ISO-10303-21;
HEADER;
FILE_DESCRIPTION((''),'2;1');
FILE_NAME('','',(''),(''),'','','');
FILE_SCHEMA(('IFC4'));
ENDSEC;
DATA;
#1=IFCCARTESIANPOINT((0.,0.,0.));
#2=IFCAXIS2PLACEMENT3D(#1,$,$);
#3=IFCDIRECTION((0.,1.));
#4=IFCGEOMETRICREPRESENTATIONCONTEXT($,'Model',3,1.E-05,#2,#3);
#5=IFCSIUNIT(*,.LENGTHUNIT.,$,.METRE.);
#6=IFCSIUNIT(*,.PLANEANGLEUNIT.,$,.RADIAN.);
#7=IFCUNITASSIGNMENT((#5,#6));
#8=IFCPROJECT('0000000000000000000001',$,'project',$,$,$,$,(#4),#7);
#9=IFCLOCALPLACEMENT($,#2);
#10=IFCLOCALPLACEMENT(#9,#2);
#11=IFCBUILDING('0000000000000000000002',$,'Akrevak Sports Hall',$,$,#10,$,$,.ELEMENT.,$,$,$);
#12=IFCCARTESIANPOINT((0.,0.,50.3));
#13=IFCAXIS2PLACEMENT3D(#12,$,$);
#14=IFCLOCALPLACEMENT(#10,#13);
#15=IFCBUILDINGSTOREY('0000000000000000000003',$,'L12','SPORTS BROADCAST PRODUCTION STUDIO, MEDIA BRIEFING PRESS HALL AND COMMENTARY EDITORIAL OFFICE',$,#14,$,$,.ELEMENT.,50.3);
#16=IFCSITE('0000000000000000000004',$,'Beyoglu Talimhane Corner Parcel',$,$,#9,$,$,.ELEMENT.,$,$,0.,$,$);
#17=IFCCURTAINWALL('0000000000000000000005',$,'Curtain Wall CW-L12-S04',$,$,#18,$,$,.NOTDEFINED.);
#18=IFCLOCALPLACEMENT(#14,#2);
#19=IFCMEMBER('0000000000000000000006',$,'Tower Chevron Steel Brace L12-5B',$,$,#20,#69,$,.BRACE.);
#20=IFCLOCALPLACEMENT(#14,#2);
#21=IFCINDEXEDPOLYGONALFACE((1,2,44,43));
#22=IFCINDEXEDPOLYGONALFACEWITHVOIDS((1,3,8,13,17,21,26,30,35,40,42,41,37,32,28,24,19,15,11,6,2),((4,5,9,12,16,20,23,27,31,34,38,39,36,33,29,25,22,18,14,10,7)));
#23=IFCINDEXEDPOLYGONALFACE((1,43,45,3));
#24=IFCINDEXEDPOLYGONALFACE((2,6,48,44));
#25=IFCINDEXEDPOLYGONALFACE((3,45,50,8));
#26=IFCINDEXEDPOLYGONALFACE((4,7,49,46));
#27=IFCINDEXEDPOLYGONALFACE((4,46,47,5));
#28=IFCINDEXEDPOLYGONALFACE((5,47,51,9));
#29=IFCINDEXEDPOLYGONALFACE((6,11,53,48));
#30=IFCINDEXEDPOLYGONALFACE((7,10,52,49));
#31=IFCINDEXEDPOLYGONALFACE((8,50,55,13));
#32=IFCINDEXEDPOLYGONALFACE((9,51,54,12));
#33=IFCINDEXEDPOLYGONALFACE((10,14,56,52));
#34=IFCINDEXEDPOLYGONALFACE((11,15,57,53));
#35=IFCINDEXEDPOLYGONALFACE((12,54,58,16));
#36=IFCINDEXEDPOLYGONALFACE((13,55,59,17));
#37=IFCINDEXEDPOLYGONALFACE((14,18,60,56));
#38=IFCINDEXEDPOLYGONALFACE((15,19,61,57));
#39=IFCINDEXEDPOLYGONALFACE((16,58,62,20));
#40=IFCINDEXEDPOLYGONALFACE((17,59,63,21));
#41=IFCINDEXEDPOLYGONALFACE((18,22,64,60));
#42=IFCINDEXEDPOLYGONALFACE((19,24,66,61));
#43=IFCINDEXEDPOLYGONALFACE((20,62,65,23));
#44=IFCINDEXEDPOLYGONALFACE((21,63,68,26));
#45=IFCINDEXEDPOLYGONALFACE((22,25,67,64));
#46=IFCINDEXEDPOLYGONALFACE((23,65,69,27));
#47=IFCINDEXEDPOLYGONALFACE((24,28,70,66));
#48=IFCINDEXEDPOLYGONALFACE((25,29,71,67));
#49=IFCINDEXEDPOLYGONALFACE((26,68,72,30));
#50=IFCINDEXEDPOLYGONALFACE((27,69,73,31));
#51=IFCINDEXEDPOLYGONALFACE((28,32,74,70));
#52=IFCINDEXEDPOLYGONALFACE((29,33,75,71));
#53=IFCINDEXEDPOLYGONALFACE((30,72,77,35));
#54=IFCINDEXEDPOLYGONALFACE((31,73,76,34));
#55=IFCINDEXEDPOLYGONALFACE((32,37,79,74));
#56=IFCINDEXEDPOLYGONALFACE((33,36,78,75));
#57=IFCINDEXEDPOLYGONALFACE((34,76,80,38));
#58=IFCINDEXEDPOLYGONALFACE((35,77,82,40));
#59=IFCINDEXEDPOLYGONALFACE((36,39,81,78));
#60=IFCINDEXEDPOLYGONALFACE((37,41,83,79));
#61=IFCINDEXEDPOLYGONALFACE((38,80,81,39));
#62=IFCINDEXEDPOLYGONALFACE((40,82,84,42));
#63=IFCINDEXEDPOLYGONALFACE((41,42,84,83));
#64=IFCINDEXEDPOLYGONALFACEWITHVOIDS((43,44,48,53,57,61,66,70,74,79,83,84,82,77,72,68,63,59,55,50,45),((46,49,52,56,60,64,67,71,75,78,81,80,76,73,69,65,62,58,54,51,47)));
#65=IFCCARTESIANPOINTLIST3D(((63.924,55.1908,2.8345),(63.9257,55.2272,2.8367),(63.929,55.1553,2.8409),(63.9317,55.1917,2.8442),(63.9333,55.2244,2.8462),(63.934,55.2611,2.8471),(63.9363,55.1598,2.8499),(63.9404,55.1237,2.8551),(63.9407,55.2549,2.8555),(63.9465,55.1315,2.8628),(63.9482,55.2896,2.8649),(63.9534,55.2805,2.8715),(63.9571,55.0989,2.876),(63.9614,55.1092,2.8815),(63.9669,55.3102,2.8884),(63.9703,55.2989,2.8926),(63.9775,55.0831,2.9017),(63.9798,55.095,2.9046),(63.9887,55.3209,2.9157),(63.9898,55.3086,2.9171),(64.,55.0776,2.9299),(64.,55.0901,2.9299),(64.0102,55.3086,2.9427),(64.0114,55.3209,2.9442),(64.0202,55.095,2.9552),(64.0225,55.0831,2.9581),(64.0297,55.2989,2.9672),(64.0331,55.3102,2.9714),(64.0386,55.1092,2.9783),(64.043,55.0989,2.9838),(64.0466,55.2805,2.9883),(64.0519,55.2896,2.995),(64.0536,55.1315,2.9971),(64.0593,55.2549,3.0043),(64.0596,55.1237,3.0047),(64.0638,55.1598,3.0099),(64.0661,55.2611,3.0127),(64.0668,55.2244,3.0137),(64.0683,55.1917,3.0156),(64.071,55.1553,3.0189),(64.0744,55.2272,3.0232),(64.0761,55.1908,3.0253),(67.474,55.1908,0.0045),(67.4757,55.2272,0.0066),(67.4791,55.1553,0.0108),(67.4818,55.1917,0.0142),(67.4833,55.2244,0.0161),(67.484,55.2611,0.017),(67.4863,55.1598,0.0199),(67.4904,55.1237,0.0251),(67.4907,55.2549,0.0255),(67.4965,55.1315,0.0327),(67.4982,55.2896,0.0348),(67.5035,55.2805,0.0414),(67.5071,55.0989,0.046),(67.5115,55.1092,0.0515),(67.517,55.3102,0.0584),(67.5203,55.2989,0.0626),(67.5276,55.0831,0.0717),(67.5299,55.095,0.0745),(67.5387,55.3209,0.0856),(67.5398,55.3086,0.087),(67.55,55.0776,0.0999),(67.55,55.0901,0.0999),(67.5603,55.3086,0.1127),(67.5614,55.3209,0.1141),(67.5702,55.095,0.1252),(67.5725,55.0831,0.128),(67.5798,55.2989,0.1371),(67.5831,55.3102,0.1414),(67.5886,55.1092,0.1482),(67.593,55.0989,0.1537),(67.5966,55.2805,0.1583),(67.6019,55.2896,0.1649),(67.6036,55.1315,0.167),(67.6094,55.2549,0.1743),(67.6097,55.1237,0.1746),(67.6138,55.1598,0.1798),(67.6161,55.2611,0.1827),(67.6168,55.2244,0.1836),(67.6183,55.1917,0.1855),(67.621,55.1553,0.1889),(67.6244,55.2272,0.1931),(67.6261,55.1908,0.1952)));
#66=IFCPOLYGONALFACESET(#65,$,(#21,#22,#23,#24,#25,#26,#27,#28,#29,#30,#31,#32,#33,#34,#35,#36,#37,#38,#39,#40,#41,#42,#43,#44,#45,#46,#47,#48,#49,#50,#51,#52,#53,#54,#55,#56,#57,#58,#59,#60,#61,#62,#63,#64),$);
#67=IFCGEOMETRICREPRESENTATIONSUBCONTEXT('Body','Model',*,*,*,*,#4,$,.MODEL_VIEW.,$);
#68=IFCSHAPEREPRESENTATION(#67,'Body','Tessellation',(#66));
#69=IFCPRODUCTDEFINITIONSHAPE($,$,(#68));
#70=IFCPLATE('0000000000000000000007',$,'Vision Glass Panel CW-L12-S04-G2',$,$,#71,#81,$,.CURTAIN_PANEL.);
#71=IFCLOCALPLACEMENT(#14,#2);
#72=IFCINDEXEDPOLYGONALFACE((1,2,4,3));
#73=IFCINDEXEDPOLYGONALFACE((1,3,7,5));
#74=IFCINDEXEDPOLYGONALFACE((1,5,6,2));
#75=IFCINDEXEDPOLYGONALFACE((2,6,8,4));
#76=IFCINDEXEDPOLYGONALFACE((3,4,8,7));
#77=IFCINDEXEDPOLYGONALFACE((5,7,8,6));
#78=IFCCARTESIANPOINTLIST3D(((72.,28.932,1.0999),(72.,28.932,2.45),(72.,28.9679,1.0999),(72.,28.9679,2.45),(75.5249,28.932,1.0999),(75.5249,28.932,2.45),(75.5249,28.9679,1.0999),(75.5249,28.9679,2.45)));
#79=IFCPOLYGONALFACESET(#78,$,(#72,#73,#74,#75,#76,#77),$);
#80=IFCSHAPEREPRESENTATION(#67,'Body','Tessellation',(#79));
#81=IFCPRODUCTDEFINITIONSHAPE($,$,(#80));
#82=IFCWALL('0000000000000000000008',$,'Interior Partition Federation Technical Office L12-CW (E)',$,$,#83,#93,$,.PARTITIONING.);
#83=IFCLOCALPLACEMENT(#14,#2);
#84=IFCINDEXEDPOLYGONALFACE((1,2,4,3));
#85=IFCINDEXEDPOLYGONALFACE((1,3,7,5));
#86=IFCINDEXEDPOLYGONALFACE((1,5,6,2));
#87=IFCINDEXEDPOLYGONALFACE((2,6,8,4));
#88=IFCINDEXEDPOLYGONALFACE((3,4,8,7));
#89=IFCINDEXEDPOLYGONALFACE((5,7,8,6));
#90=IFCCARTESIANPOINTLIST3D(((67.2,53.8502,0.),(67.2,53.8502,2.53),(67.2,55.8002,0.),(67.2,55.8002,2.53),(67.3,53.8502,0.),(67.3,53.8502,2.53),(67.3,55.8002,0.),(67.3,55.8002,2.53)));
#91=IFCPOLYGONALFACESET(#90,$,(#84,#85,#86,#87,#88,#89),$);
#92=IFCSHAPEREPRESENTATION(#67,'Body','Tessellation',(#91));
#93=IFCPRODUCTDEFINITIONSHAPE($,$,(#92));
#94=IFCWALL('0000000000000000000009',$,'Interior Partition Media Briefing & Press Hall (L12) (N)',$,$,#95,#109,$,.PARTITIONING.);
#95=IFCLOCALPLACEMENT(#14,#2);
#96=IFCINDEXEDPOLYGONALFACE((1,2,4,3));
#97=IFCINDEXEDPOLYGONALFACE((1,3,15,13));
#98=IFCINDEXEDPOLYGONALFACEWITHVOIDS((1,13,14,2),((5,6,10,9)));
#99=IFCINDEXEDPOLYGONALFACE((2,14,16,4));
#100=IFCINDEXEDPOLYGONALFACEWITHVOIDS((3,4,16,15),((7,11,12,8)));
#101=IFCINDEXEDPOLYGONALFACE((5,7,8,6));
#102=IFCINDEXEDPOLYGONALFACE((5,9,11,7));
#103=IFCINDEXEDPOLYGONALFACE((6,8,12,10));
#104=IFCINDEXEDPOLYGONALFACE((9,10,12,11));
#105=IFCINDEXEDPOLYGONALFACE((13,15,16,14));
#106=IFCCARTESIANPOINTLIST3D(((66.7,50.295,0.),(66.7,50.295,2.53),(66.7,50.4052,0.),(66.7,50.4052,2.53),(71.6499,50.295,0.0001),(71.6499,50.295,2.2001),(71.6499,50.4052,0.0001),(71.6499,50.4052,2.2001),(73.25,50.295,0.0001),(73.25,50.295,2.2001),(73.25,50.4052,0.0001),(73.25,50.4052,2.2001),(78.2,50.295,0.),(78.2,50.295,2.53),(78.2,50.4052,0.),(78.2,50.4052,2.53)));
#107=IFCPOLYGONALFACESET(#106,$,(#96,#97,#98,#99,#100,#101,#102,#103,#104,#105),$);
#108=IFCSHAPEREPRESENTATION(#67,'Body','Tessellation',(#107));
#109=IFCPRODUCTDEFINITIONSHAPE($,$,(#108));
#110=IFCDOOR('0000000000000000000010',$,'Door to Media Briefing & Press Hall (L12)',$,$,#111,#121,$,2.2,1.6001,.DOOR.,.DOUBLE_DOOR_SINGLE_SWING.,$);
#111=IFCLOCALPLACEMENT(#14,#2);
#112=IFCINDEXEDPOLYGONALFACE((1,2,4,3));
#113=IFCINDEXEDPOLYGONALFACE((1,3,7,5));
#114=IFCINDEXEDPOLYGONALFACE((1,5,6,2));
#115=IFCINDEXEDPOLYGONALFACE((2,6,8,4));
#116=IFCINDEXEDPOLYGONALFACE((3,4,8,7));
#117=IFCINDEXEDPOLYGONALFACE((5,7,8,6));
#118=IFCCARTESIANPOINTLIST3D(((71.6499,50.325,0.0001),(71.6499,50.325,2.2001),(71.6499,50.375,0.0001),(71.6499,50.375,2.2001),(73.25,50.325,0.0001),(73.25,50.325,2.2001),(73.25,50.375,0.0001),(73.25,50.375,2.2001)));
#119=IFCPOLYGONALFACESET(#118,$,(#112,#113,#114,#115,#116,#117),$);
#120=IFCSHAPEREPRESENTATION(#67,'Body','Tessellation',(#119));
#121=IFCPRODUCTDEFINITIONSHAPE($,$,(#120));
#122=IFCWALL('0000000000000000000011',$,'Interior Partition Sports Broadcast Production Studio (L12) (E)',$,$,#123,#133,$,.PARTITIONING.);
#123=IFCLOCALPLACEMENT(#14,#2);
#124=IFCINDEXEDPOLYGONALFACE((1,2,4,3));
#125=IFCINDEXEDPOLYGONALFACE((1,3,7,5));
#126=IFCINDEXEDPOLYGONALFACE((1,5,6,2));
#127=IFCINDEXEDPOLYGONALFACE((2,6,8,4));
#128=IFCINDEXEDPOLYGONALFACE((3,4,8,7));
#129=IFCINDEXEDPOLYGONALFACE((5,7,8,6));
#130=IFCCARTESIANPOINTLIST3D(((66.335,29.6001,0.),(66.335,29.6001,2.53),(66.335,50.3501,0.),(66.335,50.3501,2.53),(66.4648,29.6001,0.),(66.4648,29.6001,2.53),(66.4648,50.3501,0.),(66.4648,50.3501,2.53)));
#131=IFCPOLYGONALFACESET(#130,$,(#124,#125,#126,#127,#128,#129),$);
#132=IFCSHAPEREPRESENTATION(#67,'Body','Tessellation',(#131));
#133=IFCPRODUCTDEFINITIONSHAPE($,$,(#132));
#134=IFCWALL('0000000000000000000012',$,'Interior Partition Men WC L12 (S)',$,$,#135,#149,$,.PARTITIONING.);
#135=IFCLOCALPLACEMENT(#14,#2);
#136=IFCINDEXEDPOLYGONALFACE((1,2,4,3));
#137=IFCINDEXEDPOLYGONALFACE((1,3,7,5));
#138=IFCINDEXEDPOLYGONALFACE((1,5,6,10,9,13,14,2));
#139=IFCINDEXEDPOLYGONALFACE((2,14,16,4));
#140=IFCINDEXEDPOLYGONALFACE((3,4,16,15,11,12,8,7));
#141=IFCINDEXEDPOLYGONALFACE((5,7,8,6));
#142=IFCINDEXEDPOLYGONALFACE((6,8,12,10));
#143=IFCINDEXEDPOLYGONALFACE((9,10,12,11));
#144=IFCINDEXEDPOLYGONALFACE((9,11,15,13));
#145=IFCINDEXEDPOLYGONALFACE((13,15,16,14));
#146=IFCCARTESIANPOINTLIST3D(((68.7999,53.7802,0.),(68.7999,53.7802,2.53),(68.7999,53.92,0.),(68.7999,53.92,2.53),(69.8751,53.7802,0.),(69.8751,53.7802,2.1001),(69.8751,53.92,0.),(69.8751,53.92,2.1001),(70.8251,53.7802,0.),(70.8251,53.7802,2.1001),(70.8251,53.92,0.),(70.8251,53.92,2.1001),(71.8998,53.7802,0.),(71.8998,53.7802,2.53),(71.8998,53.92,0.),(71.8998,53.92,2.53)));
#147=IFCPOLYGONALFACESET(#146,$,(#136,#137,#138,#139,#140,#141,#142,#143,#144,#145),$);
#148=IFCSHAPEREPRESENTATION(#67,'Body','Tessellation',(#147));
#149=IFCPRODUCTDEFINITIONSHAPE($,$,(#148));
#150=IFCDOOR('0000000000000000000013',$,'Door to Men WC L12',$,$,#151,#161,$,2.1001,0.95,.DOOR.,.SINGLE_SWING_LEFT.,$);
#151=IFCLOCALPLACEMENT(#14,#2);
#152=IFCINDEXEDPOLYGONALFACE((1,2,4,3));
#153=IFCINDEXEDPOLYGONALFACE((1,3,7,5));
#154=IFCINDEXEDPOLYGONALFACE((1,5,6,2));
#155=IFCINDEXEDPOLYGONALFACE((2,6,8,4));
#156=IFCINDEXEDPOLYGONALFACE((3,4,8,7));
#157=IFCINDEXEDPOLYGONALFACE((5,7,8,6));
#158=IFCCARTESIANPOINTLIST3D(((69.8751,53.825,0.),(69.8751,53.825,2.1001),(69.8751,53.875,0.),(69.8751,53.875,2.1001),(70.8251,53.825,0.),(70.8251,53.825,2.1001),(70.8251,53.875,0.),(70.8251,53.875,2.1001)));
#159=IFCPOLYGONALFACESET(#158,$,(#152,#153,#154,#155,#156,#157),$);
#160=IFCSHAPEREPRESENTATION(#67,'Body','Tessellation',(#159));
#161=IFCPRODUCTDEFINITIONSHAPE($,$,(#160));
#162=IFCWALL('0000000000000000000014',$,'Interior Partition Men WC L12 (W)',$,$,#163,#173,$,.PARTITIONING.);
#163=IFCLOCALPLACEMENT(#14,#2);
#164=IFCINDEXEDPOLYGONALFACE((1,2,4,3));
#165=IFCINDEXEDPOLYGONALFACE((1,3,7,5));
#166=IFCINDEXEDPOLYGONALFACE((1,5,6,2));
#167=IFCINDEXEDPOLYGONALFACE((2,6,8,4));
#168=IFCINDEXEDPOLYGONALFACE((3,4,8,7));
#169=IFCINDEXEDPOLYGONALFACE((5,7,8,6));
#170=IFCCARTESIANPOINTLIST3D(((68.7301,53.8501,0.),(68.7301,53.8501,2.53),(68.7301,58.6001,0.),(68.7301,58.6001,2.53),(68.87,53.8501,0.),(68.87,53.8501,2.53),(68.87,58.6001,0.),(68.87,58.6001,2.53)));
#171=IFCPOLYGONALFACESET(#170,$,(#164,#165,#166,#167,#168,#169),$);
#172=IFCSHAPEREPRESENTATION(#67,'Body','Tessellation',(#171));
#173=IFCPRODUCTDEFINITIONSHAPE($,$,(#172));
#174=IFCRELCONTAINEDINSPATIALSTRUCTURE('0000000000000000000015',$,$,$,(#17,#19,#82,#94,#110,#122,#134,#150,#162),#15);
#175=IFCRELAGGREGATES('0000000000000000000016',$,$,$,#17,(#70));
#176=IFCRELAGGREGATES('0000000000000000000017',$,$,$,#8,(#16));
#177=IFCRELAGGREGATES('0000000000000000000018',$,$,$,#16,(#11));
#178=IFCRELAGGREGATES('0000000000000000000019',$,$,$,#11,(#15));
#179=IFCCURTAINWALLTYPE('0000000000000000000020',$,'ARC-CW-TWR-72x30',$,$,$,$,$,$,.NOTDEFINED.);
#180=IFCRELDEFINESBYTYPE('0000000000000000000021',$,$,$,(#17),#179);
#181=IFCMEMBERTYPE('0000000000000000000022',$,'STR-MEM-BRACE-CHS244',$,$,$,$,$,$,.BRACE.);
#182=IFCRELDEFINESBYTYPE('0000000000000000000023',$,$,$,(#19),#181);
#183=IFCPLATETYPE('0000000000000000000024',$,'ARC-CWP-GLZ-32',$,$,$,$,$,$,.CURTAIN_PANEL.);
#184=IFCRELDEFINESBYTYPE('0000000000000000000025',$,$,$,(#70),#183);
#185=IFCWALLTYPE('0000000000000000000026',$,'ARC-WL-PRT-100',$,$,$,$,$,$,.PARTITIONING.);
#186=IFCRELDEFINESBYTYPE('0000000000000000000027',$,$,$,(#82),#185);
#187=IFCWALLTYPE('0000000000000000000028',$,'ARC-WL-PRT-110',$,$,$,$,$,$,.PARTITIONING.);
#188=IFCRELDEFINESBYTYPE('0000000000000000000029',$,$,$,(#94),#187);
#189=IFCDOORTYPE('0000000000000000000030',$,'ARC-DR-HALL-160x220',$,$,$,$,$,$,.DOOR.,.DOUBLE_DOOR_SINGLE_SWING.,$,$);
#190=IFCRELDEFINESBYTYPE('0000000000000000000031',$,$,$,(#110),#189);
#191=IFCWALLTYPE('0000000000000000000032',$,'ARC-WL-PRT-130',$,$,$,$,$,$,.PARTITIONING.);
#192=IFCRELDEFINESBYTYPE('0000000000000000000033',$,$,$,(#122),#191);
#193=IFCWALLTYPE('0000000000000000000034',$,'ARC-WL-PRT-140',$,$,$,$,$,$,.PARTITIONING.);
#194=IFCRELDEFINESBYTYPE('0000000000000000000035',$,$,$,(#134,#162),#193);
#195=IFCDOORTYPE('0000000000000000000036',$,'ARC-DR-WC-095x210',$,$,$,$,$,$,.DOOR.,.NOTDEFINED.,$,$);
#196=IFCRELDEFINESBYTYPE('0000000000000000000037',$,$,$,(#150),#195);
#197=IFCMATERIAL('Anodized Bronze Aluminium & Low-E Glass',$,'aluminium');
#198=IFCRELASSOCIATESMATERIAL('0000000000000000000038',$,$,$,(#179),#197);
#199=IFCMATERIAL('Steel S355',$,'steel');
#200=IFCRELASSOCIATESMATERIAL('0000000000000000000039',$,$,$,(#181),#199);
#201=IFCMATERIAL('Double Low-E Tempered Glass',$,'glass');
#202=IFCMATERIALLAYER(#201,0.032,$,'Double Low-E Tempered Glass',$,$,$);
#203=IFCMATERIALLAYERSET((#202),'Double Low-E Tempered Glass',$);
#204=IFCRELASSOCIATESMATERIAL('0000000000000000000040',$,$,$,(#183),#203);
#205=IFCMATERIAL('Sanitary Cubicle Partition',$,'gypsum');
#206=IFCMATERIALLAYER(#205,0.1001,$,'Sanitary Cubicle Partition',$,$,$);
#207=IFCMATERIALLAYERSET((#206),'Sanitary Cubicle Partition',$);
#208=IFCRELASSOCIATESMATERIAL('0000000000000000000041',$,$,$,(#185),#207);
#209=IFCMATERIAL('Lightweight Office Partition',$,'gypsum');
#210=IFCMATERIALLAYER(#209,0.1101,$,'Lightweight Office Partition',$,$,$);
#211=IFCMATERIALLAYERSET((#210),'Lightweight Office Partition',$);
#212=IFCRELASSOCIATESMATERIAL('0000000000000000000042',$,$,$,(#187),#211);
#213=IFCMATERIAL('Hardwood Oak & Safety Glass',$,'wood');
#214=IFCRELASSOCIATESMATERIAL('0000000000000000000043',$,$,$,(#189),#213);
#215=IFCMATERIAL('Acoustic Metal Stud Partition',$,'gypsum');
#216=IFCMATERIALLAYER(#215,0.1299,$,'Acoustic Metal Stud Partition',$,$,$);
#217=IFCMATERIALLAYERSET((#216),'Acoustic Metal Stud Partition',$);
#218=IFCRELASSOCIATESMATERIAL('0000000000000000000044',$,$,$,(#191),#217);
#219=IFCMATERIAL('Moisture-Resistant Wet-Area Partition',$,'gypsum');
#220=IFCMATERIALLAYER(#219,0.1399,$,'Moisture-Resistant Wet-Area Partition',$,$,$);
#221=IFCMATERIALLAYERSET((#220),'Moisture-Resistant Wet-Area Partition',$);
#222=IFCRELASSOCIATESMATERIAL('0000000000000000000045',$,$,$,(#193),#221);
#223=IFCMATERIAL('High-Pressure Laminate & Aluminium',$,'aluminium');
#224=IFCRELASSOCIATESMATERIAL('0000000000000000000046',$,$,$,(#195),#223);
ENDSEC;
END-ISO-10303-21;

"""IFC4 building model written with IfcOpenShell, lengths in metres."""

from ifc_helpers import new_model, si_unit, direction, frame, frame_2d, origin, origin_2d, place, context, subcontext, project, spatial, rectangle, hollow_circle, extrude, material, layer, layer_set, material_profile, profile_set, type_object, element, fill, aggregate, save


model = new_model("IFC4")

# Units and contexts
model_context = context("Model", 3, precision=1e-05, world=origin(), true_north=direction((0.0, 1.0)))
body_context = subcontext(model_context, "Body", "Model", "MODEL_VIEW")
ifc_project = project(units=[si_unit("LENGTHUNIT", "METRE"), si_unit("PLANEANGLEUNIT", "RADIAN")], contexts=[model_context])

# Site, building, storey
site_placement = place(None, origin())
site = spatial("IfcSite", under=ifc_project, at=site_placement, Name="Beyoglu Talimhane Corner Parcel", CompositionType="ELEMENT", RefElevation=0.0)
building_placement = place(site_placement, origin())
building = spatial("IfcBuilding", under=site, at=building_placement, Name="Akrevak Sports Hall", CompositionType="ELEMENT")
storey_placement = place(building_placement, frame((0.0, 0.0, 50.3)))
storey = spatial("IfcBuildingStorey", under=building, at=storey_placement, Name="L12", Description="SPORTS BROADCAST PRODUCTION STUDIO, MEDIA BRIEFING PRESS HALL AND COMMENTARY EDITORIAL OFFICE", CompositionType="ELEMENT", Elevation=50.3)

# Curtain wall
ifc_material_1 = material(Name="Anodized Bronze Aluminium & Low-E Glass", Category="aluminium")
curtain_wall_type = type_object("IfcCurtainWallType", Name="ARC-CW-TWR-72x30", PredefinedType="NOTDEFINED", material=ifc_material_1)
curtain_wall_placement = place(storey_placement, origin())
curtain_wall = element("IfcCurtainWall", 1, at=curtain_wall_placement, inside=storey, type_object=curtain_wall_type, Name="Curtain Wall CW-L12-S04", PredefinedType="NOTDEFINED")

# Member
ifc_material_2 = material(Name="Steel S355", Category="steel")
ifc_material_profile_1 = material_profile(ifc_material_2, hollow_circle(Radius=0.1223, WallThickness=0.0125, at=origin_2d()), Name="CHS 244.5x12.5", Category="steel")
ifc_profile_set_1 = profile_set([ifc_material_profile_1], Name="Steel S355")
member_type_1 = type_object("IfcMemberType", Name="STR-MEM-BRACE-CHS244", PredefinedType="BRACE", material=ifc_profile_set_1)
member_1_placement = place(storey_placement, frame((67.55, 55.2, 0.0999), z_axis=(-0.781938, 0.0, 0.623356), x_axis=(0.0, -1.0, 0.0)))
element("IfcMember", 2, at=member_1_placement, inside=storey, type_object=member_type_1, Name="Tower Chevron Steel Brace L12-5B", PredefinedType="BRACE", context=body_context, shape_type="SweptSolid", body=[
    extrude(hollow_circle(Radius=0.1223, WallThickness=0.0125, at=origin_2d()), origin(), (0.0, 0.0, 1.0), 4.54),
])

# Plate
ifc_material_3 = material(Name="Double Low-E Tempered Glass", Category="glass")
ifc_layer_1 = layer(ifc_material_3, 0.032, Name="Double Low-E Tempered Glass")
ifc_layer_set_1 = layer_set([ifc_layer_1], Name="Double Low-E Tempered Glass")
plate_type = type_object("IfcPlateType", Name="ARC-CWP-GLZ-32", PredefinedType="CURTAIN_PANEL", material=ifc_layer_set_1)
plate_placement = place(storey_placement, frame((73.7625, 28.95, 1.0999), z_axis=(0.0, 0.0, 1.0), x_axis=(1.0, 0.0, 0.0)))
plate = element("IfcPlate", 3, at=plate_placement, type_object=plate_type, Name="Vision Glass Panel CW-L12-S04-G2", PredefinedType="CURTAIN_PANEL", context=body_context, shape_type="SweptSolid", body=[
    extrude(rectangle(XDim=3.5249, YDim=0.0359, at=origin_2d()), origin(), (0.0, 0.0, 1.0), 1.3501),
])
aggregate(curtain_wall, [plate])

# Wall
ifc_material_4 = material(Name="Sanitary Cubicle Partition", Category="gypsum")
ifc_layer_2 = layer(ifc_material_4, 0.1001, Name="Sanitary Cubicle Partition")
ifc_layer_set_2 = layer_set([ifc_layer_2], Name="Sanitary Cubicle Partition")
wall_type_1 = type_object("IfcWallType", Name="ARC-WL-PRT-100", PredefinedType="PARTITIONING", material=ifc_layer_set_2)
wall_1_placement = place(storey_placement, frame((67.25, 53.8501, 0.0), z_axis=(0.0, 0.0, 1.0), x_axis=(0.0, 1.0, 0.0)))
element("IfcWall", 4, at=wall_1_placement, inside=storey, type_object=wall_type_1, Name="Interior Partition Federation Technical Office L12-CW (E)", PredefinedType="PARTITIONING", context=body_context, shape_type="SweptSolid", body=[
    extrude(rectangle(XDim=1.95, YDim=0.1001, at=frame_2d((0.9751, 0.0))), origin(), (0.0, 0.0, 1.0), 2.53),
])

# Wall, opening, door
ifc_material_5 = material(Name="Lightweight Office Partition", Category="gypsum")
ifc_layer_3 = layer(ifc_material_5, 0.1101, Name="Lightweight Office Partition")
ifc_layer_set_3 = layer_set([ifc_layer_3], Name="Lightweight Office Partition")
wall_type_2 = type_object("IfcWallType", Name="ARC-WL-PRT-110", PredefinedType="PARTITIONING", material=ifc_layer_set_3)
wall_2_placement = place(storey_placement, frame((66.7, 50.3501, 0.0), z_axis=(0.0, 0.0, 1.0), x_axis=(1.0, 0.0, 0.0)))
wall_2 = element("IfcWall", 5, at=wall_2_placement, inside=storey, type_object=wall_type_2, Name="Interior Partition Media Briefing & Press Hall (L12) (N)", PredefinedType="PARTITIONING", context=body_context, shape_type="SweptSolid", body=[
    extrude(rectangle(XDim=11.5, YDim=0.1101, at=frame_2d((5.75, 0.0))), origin(), (0.0, 0.0, 1.0), 2.53),
])
opening_1_placement = place(wall_2_placement, frame((4.95, 0.0, 0.0)))
opening_1 = element("IfcOpeningElement", 6, at=opening_1_placement, cuts=wall_2, PredefinedType="OPENING", context=body_context, shape_type="SweptSolid", body=[
    extrude(rectangle(XDim=1.6001, YDim=2.2, at=frame_2d((0.8, 1.1001))), frame((0.0, 0.0669, 0.0), z_axis=(0.0, -1.0, 0.0), x_axis=(1.0, 0.0, 0.0)), (0.0, 0.0, 1.0), 0.134),
])
ifc_material_6 = material(Name="Hardwood Oak & Safety Glass", Category="wood")
door_type_1 = type_object("IfcDoorType", Name="ARC-DR-HALL-160x220", OperationType="DOUBLE_DOOR_SINGLE_SWING", PredefinedType="DOOR", material=ifc_material_6)
door_1_placement = place(opening_1_placement, origin())
door_1 = element("IfcDoor", 7, at=door_1_placement, inside=storey, type_object=door_type_1, Name="Door to Media Briefing & Press Hall (L12)", OperationType="DOUBLE_DOOR_SINGLE_SWING", OverallHeight=2.2, OverallWidth=1.6001, PredefinedType="DOOR", context=body_context, shape_type="SweptSolid", body=[
    extrude(rectangle(XDim=1.6001, YDim=2.2, at=frame_2d((0.8, 1.1001))), frame((0.0, 0.0249, 0.0), z_axis=(0.0, -1.0, 0.0), x_axis=(1.0, 0.0, 0.0)), (0.0, 0.0, 1.0), 0.05),
])
fill(opening_1, door_1)

# Wall
ifc_material_7 = material(Name="Acoustic Metal Stud Partition", Category="gypsum")
ifc_layer_4 = layer(ifc_material_7, 0.1299, Name="Acoustic Metal Stud Partition")
ifc_layer_set_4 = layer_set([ifc_layer_4], Name="Acoustic Metal Stud Partition")
wall_type_3 = type_object("IfcWallType", Name="ARC-WL-PRT-130", PredefinedType="PARTITIONING", material=ifc_layer_set_4)
wall_3_placement = place(storey_placement, frame((66.3999, 29.6001, 0.0), z_axis=(0.0, 0.0, 1.0), x_axis=(0.0, 1.0, 0.0)))
element("IfcWall", 8, at=wall_3_placement, inside=storey, type_object=wall_type_3, Name="Interior Partition Sports Broadcast Production Studio (L12) (E)", PredefinedType="PARTITIONING", context=body_context, shape_type="SweptSolid", body=[
    extrude(rectangle(XDim=20.75, YDim=0.1299, at=frame_2d((10.375, 0.0))), origin(), (0.0, 0.0, 1.0), 2.53),
])

# Wall, opening, door
ifc_material_8 = material(Name="Moisture-Resistant Wet-Area Partition", Category="gypsum")
ifc_layer_5 = layer(ifc_material_8, 0.1399, Name="Moisture-Resistant Wet-Area Partition")
ifc_layer_set_5 = layer_set([ifc_layer_5], Name="Moisture-Resistant Wet-Area Partition")
wall_type_4 = type_object("IfcWallType", Name="ARC-WL-PRT-140", PredefinedType="PARTITIONING", material=ifc_layer_set_5)
wall_4_placement = place(storey_placement, frame((68.8, 53.8501, 0.0), z_axis=(0.0, 0.0, 1.0), x_axis=(1.0, 0.0, 0.0)))
wall_4 = element("IfcWall", 9, at=wall_4_placement, inside=storey, type_object=wall_type_4, Name="Interior Partition Men WC L12 (S)", PredefinedType="PARTITIONING", context=body_context, shape_type="SweptSolid", body=[
    extrude(rectangle(XDim=3.0999, YDim=0.1399, at=frame_2d((1.5498, 0.0))), origin(), (0.0, 0.0, 1.0), 2.53),
])
opening_2_placement = place(wall_4_placement, frame((1.075, 0.0, 0.0)))
opening_2 = element("IfcOpeningElement", 10, at=opening_2_placement, cuts=wall_4, PredefinedType="OPENING", context=body_context, shape_type="SweptSolid", body=[
    extrude(rectangle(XDim=0.95, YDim=2.1001, at=frame_2d((0.4751, 1.05))), frame((0.0, 0.082, 0.0), z_axis=(0.0, -1.0, 0.0), x_axis=(1.0, 0.0, 0.0)), (0.0, 0.0, 1.0), 0.1638),
])
ifc_material_9 = material(Name="High-Pressure Laminate & Aluminium", Category="aluminium")
door_type_2 = type_object("IfcDoorType", Name="ARC-DR-WC-095x210", OperationType="NOTDEFINED", PredefinedType="DOOR", material=ifc_material_9)
door_2_placement = place(opening_2_placement, origin())
door_2 = element("IfcDoor", 11, at=door_2_placement, inside=storey, type_object=door_type_2, Name="Door to Men WC L12", OperationType="SINGLE_SWING_LEFT", OverallHeight=2.1001, OverallWidth=0.95, PredefinedType="DOOR", context=body_context, shape_type="SweptSolid", body=[
    extrude(rectangle(XDim=0.95, YDim=2.1001, at=frame_2d((0.4751, 1.05))), frame((0.0, 0.0249, 0.0), z_axis=(0.0, -1.0, 0.0), x_axis=(1.0, 0.0, 0.0)), (0.0, 0.0, 1.0), 0.05),
])
fill(opening_2, door_2)

# Wall
for number, where, z_axis, x_axis, name in (
    (12, (68.8, 53.8501, 0.0), (0.0, 0.0, 1.0), (0.0, 1.0, 0.0), "Interior Partition Men WC L12 (W)"),
):
    element("IfcWall", number, at=place(storey_placement, frame(where, z_axis=z_axis, x_axis=x_axis)), inside=storey, type_object=wall_type_4, Name=name, PredefinedType="PARTITIONING", context=body_context, shape_type="SweptSolid", body=[
        extrude(rectangle(XDim=4.75, YDim=0.1399, at=frame_2d((2.375, 0.0))), origin(), (0.0, 0.0, 1.0), 2.53),
    ])

save(model, "model.ifc")
